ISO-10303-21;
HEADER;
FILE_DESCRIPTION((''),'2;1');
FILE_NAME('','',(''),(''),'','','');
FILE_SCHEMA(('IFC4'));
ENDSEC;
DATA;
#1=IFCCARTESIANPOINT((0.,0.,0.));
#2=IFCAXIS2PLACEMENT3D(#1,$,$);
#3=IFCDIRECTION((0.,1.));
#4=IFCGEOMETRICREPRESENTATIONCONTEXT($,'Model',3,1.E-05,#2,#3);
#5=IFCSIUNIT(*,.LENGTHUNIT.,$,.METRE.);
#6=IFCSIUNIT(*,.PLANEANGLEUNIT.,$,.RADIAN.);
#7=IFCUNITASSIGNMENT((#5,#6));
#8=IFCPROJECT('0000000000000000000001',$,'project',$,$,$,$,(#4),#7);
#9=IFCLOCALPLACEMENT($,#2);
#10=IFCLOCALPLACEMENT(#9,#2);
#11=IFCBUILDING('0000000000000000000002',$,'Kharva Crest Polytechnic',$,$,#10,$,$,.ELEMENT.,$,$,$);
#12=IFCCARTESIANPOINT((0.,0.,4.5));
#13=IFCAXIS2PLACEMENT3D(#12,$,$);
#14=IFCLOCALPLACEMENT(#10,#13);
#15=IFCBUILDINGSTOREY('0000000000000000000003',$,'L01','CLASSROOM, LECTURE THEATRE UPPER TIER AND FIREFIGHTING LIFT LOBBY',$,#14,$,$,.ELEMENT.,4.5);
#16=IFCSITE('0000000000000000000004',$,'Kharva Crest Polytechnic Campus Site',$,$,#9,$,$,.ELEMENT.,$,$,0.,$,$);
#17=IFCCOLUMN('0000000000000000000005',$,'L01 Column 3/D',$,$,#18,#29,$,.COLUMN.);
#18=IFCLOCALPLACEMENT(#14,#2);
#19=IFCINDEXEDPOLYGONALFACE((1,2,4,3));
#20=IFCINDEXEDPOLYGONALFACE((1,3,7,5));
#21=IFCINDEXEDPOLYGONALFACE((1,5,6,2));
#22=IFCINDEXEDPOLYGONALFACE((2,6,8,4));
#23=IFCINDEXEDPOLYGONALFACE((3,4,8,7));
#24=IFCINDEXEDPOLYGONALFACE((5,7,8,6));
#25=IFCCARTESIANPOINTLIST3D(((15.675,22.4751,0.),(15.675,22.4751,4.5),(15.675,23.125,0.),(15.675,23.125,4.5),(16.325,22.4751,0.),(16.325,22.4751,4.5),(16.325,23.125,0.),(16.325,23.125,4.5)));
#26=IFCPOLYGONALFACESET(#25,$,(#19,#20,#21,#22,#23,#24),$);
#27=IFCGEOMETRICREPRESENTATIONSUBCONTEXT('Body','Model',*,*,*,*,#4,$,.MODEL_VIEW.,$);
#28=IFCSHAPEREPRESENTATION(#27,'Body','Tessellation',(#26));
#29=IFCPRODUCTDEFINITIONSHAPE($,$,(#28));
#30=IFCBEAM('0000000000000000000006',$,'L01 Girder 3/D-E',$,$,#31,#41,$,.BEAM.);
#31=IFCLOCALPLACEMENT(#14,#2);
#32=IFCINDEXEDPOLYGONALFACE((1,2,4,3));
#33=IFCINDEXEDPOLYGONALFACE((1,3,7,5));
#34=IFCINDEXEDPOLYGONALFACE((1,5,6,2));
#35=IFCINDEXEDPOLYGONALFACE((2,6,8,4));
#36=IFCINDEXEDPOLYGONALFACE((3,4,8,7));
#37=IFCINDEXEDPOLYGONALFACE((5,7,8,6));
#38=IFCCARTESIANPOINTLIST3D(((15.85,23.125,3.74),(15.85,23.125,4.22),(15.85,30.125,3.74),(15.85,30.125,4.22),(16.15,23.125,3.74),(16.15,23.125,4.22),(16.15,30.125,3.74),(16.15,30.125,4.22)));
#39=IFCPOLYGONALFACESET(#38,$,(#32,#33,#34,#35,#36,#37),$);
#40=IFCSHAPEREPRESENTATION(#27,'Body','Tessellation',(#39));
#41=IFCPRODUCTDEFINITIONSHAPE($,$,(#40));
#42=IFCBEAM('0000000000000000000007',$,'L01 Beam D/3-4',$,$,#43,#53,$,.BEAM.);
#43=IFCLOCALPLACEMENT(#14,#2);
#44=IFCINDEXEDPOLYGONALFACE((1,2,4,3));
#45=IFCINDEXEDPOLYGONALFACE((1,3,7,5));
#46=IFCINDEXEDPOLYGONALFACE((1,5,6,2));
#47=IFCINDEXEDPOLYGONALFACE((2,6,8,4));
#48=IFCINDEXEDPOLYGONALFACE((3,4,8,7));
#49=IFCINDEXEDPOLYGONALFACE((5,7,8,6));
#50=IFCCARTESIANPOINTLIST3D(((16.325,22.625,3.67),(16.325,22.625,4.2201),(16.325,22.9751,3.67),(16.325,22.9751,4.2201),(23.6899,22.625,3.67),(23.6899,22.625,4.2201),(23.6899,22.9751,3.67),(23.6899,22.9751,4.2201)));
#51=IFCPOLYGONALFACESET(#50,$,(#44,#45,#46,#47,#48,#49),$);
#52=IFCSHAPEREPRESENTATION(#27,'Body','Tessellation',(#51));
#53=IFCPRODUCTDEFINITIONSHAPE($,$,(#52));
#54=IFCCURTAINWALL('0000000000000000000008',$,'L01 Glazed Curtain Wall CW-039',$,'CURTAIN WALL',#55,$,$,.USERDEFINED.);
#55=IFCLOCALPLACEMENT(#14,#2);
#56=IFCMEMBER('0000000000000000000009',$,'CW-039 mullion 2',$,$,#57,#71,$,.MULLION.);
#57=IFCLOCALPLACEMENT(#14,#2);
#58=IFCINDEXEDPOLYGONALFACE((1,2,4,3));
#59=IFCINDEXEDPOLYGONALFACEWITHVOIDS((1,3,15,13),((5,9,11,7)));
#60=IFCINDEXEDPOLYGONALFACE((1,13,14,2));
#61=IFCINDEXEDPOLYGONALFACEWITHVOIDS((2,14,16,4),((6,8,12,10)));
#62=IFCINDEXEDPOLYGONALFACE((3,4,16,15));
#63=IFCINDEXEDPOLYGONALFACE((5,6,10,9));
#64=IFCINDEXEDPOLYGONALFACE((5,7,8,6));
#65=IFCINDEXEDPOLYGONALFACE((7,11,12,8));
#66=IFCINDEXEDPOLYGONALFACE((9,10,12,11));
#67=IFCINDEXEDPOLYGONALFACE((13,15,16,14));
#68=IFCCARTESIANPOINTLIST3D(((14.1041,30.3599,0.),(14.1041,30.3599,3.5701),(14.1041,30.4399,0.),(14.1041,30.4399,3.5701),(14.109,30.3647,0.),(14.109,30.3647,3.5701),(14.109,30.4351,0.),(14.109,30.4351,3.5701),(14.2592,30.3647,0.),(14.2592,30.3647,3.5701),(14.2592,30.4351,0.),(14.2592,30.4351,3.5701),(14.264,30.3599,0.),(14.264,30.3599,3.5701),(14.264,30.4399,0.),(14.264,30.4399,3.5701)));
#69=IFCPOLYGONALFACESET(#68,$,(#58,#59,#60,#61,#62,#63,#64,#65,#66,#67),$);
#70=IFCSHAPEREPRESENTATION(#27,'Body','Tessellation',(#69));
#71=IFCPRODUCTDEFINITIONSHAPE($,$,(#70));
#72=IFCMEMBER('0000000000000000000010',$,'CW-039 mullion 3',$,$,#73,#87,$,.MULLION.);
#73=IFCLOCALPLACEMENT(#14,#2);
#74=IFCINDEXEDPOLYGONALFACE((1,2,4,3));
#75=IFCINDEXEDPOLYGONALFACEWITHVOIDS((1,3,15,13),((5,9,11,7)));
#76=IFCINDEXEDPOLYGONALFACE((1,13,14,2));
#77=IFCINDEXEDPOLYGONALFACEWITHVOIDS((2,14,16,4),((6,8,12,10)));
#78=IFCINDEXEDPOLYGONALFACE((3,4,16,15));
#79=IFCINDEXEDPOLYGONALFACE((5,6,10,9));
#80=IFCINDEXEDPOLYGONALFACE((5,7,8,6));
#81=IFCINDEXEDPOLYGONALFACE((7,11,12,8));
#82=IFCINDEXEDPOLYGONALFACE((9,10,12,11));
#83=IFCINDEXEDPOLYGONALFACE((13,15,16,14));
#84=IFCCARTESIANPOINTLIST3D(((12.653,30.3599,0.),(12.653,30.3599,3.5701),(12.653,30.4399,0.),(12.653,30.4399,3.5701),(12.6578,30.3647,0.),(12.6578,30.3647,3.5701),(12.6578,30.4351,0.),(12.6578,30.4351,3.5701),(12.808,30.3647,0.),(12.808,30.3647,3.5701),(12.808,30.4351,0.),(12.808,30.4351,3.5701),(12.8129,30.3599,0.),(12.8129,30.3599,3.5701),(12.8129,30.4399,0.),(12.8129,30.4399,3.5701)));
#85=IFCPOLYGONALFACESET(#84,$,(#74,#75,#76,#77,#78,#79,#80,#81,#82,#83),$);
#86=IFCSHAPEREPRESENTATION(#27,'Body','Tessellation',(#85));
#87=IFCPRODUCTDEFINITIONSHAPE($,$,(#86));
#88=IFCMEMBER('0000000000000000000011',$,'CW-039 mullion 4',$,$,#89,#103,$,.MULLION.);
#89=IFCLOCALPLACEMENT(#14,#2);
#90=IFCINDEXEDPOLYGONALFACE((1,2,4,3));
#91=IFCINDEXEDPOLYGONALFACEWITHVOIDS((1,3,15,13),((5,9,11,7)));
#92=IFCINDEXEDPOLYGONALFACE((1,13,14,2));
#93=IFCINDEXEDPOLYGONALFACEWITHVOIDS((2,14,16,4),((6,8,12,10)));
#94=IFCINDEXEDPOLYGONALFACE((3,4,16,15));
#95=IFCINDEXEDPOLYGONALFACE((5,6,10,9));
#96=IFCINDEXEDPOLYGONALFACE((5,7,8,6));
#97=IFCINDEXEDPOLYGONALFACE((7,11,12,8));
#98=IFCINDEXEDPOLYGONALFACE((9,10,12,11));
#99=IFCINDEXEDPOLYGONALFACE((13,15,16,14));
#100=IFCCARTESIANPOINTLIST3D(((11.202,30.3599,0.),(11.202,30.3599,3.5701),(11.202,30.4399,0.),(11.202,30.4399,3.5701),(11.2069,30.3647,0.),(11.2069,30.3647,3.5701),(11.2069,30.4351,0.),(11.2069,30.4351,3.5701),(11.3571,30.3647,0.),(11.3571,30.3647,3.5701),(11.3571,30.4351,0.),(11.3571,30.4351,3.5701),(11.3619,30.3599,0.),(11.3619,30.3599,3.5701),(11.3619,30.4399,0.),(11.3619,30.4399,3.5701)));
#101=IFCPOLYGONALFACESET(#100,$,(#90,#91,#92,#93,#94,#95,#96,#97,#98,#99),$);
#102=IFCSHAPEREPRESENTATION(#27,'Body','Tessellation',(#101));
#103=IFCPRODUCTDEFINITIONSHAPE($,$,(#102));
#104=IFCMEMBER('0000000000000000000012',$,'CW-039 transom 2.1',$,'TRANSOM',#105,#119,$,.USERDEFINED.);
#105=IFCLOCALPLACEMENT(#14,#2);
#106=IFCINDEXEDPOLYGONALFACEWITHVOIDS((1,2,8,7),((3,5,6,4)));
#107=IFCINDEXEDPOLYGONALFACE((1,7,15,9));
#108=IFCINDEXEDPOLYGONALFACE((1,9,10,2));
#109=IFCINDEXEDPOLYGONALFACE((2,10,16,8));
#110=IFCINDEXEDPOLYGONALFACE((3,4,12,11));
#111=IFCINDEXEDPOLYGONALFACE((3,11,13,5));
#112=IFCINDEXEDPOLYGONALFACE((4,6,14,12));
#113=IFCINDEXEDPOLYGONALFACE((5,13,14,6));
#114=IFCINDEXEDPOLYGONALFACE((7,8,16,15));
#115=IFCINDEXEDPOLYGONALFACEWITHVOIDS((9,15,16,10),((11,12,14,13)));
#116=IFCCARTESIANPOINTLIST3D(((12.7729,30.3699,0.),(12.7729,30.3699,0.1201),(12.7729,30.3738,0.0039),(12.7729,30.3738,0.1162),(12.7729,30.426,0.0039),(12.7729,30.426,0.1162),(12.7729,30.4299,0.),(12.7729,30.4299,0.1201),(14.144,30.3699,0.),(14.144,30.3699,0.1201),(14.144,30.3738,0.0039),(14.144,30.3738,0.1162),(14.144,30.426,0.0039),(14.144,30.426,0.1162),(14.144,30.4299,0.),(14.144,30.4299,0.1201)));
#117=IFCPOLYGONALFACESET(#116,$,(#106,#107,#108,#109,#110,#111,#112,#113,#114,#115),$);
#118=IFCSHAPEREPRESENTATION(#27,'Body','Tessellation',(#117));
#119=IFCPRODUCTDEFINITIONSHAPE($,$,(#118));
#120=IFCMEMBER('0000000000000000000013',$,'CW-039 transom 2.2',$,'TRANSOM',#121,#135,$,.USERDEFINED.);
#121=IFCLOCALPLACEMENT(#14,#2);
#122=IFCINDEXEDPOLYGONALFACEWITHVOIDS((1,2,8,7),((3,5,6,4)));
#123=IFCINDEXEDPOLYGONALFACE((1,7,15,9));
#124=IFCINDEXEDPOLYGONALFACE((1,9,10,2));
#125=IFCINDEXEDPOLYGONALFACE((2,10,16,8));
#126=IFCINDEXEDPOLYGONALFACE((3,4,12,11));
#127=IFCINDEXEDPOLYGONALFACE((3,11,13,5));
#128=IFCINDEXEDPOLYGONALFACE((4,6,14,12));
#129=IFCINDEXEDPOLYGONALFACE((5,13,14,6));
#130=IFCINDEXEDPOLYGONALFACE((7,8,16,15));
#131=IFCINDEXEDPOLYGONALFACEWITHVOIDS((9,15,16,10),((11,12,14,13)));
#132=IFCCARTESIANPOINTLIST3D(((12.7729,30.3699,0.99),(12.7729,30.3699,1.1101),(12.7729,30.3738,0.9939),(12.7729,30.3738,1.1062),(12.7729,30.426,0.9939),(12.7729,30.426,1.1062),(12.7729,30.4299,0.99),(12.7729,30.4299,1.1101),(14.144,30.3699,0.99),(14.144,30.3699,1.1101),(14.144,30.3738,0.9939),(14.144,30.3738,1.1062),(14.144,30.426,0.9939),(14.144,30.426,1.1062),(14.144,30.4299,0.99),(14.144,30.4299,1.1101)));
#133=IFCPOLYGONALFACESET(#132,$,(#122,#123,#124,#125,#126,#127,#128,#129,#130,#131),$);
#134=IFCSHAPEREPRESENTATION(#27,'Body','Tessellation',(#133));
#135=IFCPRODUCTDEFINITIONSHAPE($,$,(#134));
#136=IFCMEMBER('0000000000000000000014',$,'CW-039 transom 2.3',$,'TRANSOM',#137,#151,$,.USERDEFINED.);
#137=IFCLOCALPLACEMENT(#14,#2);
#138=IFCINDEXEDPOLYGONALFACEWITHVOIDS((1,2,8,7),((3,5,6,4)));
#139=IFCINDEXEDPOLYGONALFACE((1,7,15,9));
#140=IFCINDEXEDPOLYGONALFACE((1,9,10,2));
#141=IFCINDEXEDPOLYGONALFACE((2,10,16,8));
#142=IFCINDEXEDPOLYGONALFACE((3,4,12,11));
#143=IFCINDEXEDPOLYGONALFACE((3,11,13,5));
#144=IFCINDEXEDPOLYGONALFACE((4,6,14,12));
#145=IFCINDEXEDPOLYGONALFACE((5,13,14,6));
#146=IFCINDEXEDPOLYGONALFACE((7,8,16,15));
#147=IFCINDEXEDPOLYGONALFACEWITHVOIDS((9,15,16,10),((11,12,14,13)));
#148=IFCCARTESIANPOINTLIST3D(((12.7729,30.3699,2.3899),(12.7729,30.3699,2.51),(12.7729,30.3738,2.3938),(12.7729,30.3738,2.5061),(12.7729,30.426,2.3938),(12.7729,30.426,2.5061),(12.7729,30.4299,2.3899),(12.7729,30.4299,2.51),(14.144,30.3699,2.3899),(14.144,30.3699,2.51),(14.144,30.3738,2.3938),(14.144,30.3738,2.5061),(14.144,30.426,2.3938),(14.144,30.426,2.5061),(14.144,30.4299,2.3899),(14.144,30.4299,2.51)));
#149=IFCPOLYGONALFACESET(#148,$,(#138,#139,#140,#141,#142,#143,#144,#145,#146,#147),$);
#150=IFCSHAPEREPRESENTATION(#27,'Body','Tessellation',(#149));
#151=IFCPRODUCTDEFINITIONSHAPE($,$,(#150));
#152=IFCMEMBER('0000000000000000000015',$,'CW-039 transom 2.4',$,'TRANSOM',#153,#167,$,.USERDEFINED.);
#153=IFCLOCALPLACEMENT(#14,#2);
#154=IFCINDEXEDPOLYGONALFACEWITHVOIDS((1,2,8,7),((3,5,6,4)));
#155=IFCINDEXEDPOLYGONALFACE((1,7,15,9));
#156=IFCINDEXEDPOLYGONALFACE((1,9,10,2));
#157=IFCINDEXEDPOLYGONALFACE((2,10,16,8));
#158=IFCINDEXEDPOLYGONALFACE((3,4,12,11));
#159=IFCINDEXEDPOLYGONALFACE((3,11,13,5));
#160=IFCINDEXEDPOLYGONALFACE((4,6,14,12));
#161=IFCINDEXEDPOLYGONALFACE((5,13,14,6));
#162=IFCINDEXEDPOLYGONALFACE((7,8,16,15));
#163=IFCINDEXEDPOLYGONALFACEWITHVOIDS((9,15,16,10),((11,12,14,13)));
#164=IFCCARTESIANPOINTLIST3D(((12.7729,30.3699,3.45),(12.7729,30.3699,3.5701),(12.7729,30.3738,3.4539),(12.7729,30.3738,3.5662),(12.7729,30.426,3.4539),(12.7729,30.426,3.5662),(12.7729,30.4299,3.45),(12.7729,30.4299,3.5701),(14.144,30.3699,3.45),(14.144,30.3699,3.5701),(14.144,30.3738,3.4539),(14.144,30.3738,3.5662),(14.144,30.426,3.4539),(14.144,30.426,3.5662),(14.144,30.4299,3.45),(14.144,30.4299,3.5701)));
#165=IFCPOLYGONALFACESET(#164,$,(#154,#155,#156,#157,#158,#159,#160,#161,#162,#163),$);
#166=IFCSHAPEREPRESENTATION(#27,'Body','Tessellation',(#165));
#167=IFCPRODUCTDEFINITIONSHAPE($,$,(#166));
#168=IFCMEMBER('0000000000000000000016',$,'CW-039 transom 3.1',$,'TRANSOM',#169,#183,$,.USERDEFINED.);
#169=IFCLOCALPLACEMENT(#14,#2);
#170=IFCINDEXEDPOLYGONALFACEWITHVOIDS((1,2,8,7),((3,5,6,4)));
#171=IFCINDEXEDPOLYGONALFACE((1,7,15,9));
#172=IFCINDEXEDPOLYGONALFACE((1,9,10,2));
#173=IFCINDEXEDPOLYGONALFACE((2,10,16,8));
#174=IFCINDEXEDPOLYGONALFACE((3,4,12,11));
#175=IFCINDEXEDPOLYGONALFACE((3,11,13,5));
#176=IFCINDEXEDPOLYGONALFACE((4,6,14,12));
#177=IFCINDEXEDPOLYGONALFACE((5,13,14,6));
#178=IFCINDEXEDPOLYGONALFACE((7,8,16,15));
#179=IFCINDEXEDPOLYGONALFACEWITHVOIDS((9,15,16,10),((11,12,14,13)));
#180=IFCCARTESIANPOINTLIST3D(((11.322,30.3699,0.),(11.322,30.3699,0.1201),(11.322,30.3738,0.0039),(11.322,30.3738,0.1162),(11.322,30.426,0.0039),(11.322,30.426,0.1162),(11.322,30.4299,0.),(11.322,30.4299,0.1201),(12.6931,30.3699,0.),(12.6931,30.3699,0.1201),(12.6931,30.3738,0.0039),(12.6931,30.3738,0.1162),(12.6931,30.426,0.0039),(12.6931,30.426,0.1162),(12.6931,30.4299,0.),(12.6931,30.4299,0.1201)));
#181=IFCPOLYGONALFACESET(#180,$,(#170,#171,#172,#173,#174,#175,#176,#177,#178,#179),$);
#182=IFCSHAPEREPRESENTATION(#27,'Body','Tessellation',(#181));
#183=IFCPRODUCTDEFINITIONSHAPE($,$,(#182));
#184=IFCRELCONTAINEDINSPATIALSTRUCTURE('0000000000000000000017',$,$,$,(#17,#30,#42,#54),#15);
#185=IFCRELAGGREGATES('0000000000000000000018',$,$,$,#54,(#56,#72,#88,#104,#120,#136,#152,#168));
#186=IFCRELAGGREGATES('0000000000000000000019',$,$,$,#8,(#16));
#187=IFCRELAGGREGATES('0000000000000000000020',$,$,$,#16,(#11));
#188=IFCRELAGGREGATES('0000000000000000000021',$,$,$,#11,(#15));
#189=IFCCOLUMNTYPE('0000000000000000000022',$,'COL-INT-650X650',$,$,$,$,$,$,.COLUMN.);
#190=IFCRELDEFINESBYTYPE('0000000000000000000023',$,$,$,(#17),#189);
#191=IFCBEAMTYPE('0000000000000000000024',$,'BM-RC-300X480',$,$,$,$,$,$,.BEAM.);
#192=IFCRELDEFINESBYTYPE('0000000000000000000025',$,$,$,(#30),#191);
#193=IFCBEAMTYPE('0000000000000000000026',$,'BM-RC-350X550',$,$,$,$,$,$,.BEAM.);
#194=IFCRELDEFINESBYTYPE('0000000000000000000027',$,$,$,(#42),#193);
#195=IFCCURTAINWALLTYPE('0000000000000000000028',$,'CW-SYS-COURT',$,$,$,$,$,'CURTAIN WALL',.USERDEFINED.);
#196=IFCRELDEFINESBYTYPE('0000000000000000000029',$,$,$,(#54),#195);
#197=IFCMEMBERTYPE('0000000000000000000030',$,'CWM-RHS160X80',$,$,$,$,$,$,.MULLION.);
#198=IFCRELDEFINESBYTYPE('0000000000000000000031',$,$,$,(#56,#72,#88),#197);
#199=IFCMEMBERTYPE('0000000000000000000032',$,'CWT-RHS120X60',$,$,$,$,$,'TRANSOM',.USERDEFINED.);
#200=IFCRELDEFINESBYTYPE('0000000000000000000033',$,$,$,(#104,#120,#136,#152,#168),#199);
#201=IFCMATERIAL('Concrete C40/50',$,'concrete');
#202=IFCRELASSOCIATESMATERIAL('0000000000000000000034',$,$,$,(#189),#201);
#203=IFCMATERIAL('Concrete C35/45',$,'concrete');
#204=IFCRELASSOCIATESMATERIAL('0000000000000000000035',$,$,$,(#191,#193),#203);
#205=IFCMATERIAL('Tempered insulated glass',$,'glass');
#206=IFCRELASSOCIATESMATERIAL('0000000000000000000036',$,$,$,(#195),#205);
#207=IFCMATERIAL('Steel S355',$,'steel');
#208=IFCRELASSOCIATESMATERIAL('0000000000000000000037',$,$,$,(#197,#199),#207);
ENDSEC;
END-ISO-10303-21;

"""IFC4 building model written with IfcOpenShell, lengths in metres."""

from ifc_helpers import new_model, si_unit, direction, frame, origin, origin_2d, place, context, subcontext, project, spatial, rectangle, hollow_rectangle, extrude, material, material_profile, profile_set, type_object, element, aggregate, save


model = new_model("IFC4")

# Units and contexts
model_context = context("Model", 3, precision=1e-05, world=origin(), true_north=direction((0.0, 1.0)))
body_context = subcontext(model_context, "Body", "Model", "MODEL_VIEW")
ifc_project = project(units=[si_unit("LENGTHUNIT", "METRE"), si_unit("PLANEANGLEUNIT", "RADIAN")], contexts=[model_context])

# Site, building, storey
site_placement = place(None, origin())
site = spatial("IfcSite", under=ifc_project, at=site_placement, Name="Kharva Crest Polytechnic Campus Site", CompositionType="ELEMENT", RefElevation=0.0)
building_placement = place(site_placement, origin())
building = spatial("IfcBuilding", under=site, at=building_placement, Name="Kharva Crest Polytechnic", CompositionType="ELEMENT")
storey_placement = place(building_placement, frame((0.0, 0.0, 4.5)))
storey = spatial("IfcBuildingStorey", under=building, at=storey_placement, Name="L01", Description="CLASSROOM, LECTURE THEATRE UPPER TIER AND FIREFIGHTING LIFT LOBBY", CompositionType="ELEMENT", Elevation=4.5)

# Column
ifc_material_1 = material(Name="Concrete C40/50", Category="concrete")
ifc_material_profile_1 = material_profile(ifc_material_1, rectangle(XDim=0.6499, YDim=0.6499, at=origin_2d()), Name="RECT 650 X 650")
ifc_profile_set_1 = profile_set([ifc_material_profile_1], Name="Concrete C40/50")
column_type = type_object("IfcColumnType", Name="COL-INT-650X650", PredefinedType="COLUMN", material=ifc_profile_set_1)
column_placement = place(storey_placement, frame((16.0, 22.8, 0.0), z_axis=(0.0, 0.0, 1.0), x_axis=(1.0, 0.0, 0.0)))
element("IfcColumn", 1, at=column_placement, inside=storey, type_object=column_type, Name="L01 Column 3/D", PredefinedType="COLUMN", context=body_context, shape_type="SweptSolid", body=[
    extrude(rectangle(XDim=0.6499, YDim=0.6499, at=origin_2d()), origin(), (0.0, 0.0, 1.0), 4.5),
])

# Beams
ifc_material_2 = material(Name="Concrete C35/45", Category="concrete")
ifc_material_profile_2 = material_profile(ifc_material_2, rectangle(XDim=0.3, YDim=0.48, at=origin_2d()), Name="RECT 300 X 480")
ifc_profile_set_2 = profile_set([ifc_material_profile_2], Name="Concrete C35/45")
beam_type_1 = type_object("IfcBeamType", Name="BM-RC-300X480", PredefinedType="BEAM", material=ifc_profile_set_2)
beam_1_placement = place(storey_placement, frame((16.0, 23.125, 3.98), z_axis=(0.0, 1.0, 0.0), x_axis=(-1.0, 0.0, 0.0)))
element("IfcBeam", 2, at=beam_1_placement, inside=storey, type_object=beam_type_1, Name="L01 Girder 3/D-E", PredefinedType="BEAM", context=body_context, shape_type="SweptSolid", body=[
    extrude(rectangle(XDim=0.3, YDim=0.48, at=origin_2d()), origin(), (0.0, 0.0, 1.0), 7.0),
])
ifc_material_profile_3 = material_profile(ifc_material_2, rectangle(XDim=0.3501, YDim=0.55, at=origin_2d()), Name="RECT 350 X 550")
ifc_profile_set_3 = profile_set([ifc_material_profile_3], Name="Concrete C35/45")
beam_type_2 = type_object("IfcBeamType", Name="BM-RC-350X550", PredefinedType="BEAM", material=ifc_profile_set_3)
beam_2_placement = place(storey_placement, frame((16.325, 22.8, 3.9451), z_axis=(1.0, 0.0, 0.0), x_axis=(0.0, 1.0, 0.0)))
element("IfcBeam", 3, at=beam_2_placement, inside=storey, type_object=beam_type_2, Name="L01 Beam D/3-4", PredefinedType="BEAM", context=body_context, shape_type="SweptSolid", body=[
    extrude(rectangle(XDim=0.3501, YDim=0.55, at=origin_2d()), origin(), (0.0, 0.0, 1.0), 7.365),
])

# Curtain wall, members
ifc_material_3 = material(Name="Tempered insulated glass", Category="glass")
curtain_wall_type = type_object("IfcCurtainWallType", Name="CW-SYS-COURT", ElementType="CURTAIN WALL", PredefinedType="USERDEFINED", material=ifc_material_3)
curtain_wall_placement = place(storey_placement, origin())
curtain_wall = element("IfcCurtainWall", 4, at=curtain_wall_placement, inside=storey, type_object=curtain_wall_type, Name="L01 Glazed Curtain Wall CW-039", ObjectType="CURTAIN WALL", PredefinedType="USERDEFINED")
ifc_material_4 = material(Name="Steel S355", Category="steel")
ifc_material_profile_4 = material_profile(ifc_material_4, hollow_rectangle(XDim=0.0801, YDim=0.1599, WallThickness=0.0049, at=origin_2d()), Name="RHS 160X80X5.0")
ifc_profile_set_4 = profile_set([ifc_material_profile_4], Name="Steel S355")
member_type_1 = type_object("IfcMemberType", Name="CWM-RHS160X80", PredefinedType="MULLION", material=ifc_profile_set_4)
member_1_placement = place(storey_placement, frame((14.1841, 30.3999, 0.0), z_axis=(0.0, 0.0, 1.0), x_axis=(0.0, -1.0, 0.0)))
member_1 = element("IfcMember", 5, at=member_1_placement, type_object=member_type_1, Name="CW-039 mullion 2", PredefinedType="MULLION", context=body_context, shape_type="SweptSolid", body=[
    extrude(hollow_rectangle(XDim=0.0801, YDim=0.1599, WallThickness=0.0049, at=origin_2d()), origin(), (0.0, 0.0, 1.0), 3.5701),
])
member_2_placement = place(storey_placement, frame((12.7329, 30.3999, 0.0), z_axis=(0.0, 0.0, 1.0), x_axis=(0.0, -1.0, 0.0)))
member_2 = element("IfcMember", 6, at=member_2_placement, type_object=member_type_1, Name="CW-039 mullion 3", PredefinedType="MULLION", context=body_context, shape_type="SweptSolid", body=[
    extrude(hollow_rectangle(XDim=0.0801, YDim=0.1599, WallThickness=0.0049, at=origin_2d()), origin(), (0.0, 0.0, 1.0), 3.5701),
])
member_3_placement = place(storey_placement, frame((11.282, 30.3999, 0.0), z_axis=(0.0, 0.0, 1.0), x_axis=(0.0, -1.0, 0.0)))
member_3 = element("IfcMember", 7, at=member_3_placement, type_object=member_type_1, Name="CW-039 mullion 4", PredefinedType="MULLION", context=body_context, shape_type="SweptSolid", body=[
    extrude(hollow_rectangle(XDim=0.0801, YDim=0.1599, WallThickness=0.0049, at=origin_2d()), origin(), (0.0, 0.0, 1.0), 3.5701),
])
ifc_material_profile_5 = material_profile(ifc_material_4, hollow_rectangle(XDim=0.0601, YDim=0.1201, WallThickness=0.0039, at=origin_2d()), Name="RHS 120X60X4.0")
ifc_profile_set_5 = profile_set([ifc_material_profile_5], Name="Steel S355")
member_type_2 = type_object("IfcMemberType", Name="CWT-RHS120X60", ElementType="TRANSOM", PredefinedType="USERDEFINED", material=ifc_profile_set_5)
member_4_placement = place(storey_placement, frame((14.144, 30.3999, 0.0601), z_axis=(-1.0, 0.0, 0.0), x_axis=(0.0, -1.0, 0.0)))
member_4 = element("IfcMember", 8, at=member_4_placement, type_object=member_type_2, Name="CW-039 transom 2.1", ObjectType="TRANSOM", PredefinedType="USERDEFINED", context=body_context, shape_type="SweptSolid", body=[
    extrude(hollow_rectangle(XDim=0.0601, YDim=0.1201, WallThickness=0.0039, at=origin_2d()), origin(), (0.0, 0.0, 1.0), 1.3711),
])
member_5_placement = place(storey_placement, frame((14.144, 30.3999, 1.05), z_axis=(-1.0, 0.0, 0.0), x_axis=(0.0, -1.0, 0.0)))
member_5 = element("IfcMember", 9, at=member_5_placement, type_object=member_type_2, Name="CW-039 transom 2.2", ObjectType="TRANSOM", PredefinedType="USERDEFINED", context=body_context, shape_type="SweptSolid", body=[
    extrude(hollow_rectangle(XDim=0.0601, YDim=0.1201, WallThickness=0.0039, at=origin_2d()), origin(), (0.0, 0.0, 1.0), 1.3711),
])
member_6_placement = place(storey_placement, frame((14.144, 30.3999, 2.45), z_axis=(-1.0, 0.0, 0.0), x_axis=(0.0, -1.0, 0.0)))
member_6 = element("IfcMember", 10, at=member_6_placement, type_object=member_type_2, Name="CW-039 transom 2.3", ObjectType="TRANSOM", PredefinedType="USERDEFINED", context=body_context, shape_type="SweptSolid", body=[
    extrude(hollow_rectangle(XDim=0.0601, YDim=0.1201, WallThickness=0.0039, at=origin_2d()), origin(), (0.0, 0.0, 1.0), 1.3711),
])
member_7_placement = place(storey_placement, frame((14.144, 30.3999, 3.51), z_axis=(-1.0, 0.0, 0.0), x_axis=(0.0, -1.0, 0.0)))
member_7 = element("IfcMember", 11, at=member_7_placement, type_object=member_type_2, Name="CW-039 transom 2.4", ObjectType="TRANSOM", PredefinedType="USERDEFINED", context=body_context, shape_type="SweptSolid", body=[
    extrude(hollow_rectangle(XDim=0.0601, YDim=0.1201, WallThickness=0.0039, at=origin_2d()), origin(), (0.0, 0.0, 1.0), 1.3711),
])
member_8_placement = place(storey_placement, frame((12.6931, 30.3999, 0.0601), z_axis=(-1.0, 0.0, 0.0), x_axis=(0.0, -1.0, 0.0)))
member_8 = element("IfcMember", 12, at=member_8_placement, type_object=member_type_2, Name="CW-039 transom 3.1", ObjectType="TRANSOM", PredefinedType="USERDEFINED", context=body_context, shape_type="SweptSolid", body=[
    extrude(hollow_rectangle(XDim=0.0601, YDim=0.1201, WallThickness=0.0039, at=origin_2d()), origin(), (0.0, 0.0, 1.0), 1.3711),
])
aggregate(curtain_wall, [member_1, member_2, member_3, member_4, member_5, member_6, member_7, member_8])

save(model, "model.ifc")
